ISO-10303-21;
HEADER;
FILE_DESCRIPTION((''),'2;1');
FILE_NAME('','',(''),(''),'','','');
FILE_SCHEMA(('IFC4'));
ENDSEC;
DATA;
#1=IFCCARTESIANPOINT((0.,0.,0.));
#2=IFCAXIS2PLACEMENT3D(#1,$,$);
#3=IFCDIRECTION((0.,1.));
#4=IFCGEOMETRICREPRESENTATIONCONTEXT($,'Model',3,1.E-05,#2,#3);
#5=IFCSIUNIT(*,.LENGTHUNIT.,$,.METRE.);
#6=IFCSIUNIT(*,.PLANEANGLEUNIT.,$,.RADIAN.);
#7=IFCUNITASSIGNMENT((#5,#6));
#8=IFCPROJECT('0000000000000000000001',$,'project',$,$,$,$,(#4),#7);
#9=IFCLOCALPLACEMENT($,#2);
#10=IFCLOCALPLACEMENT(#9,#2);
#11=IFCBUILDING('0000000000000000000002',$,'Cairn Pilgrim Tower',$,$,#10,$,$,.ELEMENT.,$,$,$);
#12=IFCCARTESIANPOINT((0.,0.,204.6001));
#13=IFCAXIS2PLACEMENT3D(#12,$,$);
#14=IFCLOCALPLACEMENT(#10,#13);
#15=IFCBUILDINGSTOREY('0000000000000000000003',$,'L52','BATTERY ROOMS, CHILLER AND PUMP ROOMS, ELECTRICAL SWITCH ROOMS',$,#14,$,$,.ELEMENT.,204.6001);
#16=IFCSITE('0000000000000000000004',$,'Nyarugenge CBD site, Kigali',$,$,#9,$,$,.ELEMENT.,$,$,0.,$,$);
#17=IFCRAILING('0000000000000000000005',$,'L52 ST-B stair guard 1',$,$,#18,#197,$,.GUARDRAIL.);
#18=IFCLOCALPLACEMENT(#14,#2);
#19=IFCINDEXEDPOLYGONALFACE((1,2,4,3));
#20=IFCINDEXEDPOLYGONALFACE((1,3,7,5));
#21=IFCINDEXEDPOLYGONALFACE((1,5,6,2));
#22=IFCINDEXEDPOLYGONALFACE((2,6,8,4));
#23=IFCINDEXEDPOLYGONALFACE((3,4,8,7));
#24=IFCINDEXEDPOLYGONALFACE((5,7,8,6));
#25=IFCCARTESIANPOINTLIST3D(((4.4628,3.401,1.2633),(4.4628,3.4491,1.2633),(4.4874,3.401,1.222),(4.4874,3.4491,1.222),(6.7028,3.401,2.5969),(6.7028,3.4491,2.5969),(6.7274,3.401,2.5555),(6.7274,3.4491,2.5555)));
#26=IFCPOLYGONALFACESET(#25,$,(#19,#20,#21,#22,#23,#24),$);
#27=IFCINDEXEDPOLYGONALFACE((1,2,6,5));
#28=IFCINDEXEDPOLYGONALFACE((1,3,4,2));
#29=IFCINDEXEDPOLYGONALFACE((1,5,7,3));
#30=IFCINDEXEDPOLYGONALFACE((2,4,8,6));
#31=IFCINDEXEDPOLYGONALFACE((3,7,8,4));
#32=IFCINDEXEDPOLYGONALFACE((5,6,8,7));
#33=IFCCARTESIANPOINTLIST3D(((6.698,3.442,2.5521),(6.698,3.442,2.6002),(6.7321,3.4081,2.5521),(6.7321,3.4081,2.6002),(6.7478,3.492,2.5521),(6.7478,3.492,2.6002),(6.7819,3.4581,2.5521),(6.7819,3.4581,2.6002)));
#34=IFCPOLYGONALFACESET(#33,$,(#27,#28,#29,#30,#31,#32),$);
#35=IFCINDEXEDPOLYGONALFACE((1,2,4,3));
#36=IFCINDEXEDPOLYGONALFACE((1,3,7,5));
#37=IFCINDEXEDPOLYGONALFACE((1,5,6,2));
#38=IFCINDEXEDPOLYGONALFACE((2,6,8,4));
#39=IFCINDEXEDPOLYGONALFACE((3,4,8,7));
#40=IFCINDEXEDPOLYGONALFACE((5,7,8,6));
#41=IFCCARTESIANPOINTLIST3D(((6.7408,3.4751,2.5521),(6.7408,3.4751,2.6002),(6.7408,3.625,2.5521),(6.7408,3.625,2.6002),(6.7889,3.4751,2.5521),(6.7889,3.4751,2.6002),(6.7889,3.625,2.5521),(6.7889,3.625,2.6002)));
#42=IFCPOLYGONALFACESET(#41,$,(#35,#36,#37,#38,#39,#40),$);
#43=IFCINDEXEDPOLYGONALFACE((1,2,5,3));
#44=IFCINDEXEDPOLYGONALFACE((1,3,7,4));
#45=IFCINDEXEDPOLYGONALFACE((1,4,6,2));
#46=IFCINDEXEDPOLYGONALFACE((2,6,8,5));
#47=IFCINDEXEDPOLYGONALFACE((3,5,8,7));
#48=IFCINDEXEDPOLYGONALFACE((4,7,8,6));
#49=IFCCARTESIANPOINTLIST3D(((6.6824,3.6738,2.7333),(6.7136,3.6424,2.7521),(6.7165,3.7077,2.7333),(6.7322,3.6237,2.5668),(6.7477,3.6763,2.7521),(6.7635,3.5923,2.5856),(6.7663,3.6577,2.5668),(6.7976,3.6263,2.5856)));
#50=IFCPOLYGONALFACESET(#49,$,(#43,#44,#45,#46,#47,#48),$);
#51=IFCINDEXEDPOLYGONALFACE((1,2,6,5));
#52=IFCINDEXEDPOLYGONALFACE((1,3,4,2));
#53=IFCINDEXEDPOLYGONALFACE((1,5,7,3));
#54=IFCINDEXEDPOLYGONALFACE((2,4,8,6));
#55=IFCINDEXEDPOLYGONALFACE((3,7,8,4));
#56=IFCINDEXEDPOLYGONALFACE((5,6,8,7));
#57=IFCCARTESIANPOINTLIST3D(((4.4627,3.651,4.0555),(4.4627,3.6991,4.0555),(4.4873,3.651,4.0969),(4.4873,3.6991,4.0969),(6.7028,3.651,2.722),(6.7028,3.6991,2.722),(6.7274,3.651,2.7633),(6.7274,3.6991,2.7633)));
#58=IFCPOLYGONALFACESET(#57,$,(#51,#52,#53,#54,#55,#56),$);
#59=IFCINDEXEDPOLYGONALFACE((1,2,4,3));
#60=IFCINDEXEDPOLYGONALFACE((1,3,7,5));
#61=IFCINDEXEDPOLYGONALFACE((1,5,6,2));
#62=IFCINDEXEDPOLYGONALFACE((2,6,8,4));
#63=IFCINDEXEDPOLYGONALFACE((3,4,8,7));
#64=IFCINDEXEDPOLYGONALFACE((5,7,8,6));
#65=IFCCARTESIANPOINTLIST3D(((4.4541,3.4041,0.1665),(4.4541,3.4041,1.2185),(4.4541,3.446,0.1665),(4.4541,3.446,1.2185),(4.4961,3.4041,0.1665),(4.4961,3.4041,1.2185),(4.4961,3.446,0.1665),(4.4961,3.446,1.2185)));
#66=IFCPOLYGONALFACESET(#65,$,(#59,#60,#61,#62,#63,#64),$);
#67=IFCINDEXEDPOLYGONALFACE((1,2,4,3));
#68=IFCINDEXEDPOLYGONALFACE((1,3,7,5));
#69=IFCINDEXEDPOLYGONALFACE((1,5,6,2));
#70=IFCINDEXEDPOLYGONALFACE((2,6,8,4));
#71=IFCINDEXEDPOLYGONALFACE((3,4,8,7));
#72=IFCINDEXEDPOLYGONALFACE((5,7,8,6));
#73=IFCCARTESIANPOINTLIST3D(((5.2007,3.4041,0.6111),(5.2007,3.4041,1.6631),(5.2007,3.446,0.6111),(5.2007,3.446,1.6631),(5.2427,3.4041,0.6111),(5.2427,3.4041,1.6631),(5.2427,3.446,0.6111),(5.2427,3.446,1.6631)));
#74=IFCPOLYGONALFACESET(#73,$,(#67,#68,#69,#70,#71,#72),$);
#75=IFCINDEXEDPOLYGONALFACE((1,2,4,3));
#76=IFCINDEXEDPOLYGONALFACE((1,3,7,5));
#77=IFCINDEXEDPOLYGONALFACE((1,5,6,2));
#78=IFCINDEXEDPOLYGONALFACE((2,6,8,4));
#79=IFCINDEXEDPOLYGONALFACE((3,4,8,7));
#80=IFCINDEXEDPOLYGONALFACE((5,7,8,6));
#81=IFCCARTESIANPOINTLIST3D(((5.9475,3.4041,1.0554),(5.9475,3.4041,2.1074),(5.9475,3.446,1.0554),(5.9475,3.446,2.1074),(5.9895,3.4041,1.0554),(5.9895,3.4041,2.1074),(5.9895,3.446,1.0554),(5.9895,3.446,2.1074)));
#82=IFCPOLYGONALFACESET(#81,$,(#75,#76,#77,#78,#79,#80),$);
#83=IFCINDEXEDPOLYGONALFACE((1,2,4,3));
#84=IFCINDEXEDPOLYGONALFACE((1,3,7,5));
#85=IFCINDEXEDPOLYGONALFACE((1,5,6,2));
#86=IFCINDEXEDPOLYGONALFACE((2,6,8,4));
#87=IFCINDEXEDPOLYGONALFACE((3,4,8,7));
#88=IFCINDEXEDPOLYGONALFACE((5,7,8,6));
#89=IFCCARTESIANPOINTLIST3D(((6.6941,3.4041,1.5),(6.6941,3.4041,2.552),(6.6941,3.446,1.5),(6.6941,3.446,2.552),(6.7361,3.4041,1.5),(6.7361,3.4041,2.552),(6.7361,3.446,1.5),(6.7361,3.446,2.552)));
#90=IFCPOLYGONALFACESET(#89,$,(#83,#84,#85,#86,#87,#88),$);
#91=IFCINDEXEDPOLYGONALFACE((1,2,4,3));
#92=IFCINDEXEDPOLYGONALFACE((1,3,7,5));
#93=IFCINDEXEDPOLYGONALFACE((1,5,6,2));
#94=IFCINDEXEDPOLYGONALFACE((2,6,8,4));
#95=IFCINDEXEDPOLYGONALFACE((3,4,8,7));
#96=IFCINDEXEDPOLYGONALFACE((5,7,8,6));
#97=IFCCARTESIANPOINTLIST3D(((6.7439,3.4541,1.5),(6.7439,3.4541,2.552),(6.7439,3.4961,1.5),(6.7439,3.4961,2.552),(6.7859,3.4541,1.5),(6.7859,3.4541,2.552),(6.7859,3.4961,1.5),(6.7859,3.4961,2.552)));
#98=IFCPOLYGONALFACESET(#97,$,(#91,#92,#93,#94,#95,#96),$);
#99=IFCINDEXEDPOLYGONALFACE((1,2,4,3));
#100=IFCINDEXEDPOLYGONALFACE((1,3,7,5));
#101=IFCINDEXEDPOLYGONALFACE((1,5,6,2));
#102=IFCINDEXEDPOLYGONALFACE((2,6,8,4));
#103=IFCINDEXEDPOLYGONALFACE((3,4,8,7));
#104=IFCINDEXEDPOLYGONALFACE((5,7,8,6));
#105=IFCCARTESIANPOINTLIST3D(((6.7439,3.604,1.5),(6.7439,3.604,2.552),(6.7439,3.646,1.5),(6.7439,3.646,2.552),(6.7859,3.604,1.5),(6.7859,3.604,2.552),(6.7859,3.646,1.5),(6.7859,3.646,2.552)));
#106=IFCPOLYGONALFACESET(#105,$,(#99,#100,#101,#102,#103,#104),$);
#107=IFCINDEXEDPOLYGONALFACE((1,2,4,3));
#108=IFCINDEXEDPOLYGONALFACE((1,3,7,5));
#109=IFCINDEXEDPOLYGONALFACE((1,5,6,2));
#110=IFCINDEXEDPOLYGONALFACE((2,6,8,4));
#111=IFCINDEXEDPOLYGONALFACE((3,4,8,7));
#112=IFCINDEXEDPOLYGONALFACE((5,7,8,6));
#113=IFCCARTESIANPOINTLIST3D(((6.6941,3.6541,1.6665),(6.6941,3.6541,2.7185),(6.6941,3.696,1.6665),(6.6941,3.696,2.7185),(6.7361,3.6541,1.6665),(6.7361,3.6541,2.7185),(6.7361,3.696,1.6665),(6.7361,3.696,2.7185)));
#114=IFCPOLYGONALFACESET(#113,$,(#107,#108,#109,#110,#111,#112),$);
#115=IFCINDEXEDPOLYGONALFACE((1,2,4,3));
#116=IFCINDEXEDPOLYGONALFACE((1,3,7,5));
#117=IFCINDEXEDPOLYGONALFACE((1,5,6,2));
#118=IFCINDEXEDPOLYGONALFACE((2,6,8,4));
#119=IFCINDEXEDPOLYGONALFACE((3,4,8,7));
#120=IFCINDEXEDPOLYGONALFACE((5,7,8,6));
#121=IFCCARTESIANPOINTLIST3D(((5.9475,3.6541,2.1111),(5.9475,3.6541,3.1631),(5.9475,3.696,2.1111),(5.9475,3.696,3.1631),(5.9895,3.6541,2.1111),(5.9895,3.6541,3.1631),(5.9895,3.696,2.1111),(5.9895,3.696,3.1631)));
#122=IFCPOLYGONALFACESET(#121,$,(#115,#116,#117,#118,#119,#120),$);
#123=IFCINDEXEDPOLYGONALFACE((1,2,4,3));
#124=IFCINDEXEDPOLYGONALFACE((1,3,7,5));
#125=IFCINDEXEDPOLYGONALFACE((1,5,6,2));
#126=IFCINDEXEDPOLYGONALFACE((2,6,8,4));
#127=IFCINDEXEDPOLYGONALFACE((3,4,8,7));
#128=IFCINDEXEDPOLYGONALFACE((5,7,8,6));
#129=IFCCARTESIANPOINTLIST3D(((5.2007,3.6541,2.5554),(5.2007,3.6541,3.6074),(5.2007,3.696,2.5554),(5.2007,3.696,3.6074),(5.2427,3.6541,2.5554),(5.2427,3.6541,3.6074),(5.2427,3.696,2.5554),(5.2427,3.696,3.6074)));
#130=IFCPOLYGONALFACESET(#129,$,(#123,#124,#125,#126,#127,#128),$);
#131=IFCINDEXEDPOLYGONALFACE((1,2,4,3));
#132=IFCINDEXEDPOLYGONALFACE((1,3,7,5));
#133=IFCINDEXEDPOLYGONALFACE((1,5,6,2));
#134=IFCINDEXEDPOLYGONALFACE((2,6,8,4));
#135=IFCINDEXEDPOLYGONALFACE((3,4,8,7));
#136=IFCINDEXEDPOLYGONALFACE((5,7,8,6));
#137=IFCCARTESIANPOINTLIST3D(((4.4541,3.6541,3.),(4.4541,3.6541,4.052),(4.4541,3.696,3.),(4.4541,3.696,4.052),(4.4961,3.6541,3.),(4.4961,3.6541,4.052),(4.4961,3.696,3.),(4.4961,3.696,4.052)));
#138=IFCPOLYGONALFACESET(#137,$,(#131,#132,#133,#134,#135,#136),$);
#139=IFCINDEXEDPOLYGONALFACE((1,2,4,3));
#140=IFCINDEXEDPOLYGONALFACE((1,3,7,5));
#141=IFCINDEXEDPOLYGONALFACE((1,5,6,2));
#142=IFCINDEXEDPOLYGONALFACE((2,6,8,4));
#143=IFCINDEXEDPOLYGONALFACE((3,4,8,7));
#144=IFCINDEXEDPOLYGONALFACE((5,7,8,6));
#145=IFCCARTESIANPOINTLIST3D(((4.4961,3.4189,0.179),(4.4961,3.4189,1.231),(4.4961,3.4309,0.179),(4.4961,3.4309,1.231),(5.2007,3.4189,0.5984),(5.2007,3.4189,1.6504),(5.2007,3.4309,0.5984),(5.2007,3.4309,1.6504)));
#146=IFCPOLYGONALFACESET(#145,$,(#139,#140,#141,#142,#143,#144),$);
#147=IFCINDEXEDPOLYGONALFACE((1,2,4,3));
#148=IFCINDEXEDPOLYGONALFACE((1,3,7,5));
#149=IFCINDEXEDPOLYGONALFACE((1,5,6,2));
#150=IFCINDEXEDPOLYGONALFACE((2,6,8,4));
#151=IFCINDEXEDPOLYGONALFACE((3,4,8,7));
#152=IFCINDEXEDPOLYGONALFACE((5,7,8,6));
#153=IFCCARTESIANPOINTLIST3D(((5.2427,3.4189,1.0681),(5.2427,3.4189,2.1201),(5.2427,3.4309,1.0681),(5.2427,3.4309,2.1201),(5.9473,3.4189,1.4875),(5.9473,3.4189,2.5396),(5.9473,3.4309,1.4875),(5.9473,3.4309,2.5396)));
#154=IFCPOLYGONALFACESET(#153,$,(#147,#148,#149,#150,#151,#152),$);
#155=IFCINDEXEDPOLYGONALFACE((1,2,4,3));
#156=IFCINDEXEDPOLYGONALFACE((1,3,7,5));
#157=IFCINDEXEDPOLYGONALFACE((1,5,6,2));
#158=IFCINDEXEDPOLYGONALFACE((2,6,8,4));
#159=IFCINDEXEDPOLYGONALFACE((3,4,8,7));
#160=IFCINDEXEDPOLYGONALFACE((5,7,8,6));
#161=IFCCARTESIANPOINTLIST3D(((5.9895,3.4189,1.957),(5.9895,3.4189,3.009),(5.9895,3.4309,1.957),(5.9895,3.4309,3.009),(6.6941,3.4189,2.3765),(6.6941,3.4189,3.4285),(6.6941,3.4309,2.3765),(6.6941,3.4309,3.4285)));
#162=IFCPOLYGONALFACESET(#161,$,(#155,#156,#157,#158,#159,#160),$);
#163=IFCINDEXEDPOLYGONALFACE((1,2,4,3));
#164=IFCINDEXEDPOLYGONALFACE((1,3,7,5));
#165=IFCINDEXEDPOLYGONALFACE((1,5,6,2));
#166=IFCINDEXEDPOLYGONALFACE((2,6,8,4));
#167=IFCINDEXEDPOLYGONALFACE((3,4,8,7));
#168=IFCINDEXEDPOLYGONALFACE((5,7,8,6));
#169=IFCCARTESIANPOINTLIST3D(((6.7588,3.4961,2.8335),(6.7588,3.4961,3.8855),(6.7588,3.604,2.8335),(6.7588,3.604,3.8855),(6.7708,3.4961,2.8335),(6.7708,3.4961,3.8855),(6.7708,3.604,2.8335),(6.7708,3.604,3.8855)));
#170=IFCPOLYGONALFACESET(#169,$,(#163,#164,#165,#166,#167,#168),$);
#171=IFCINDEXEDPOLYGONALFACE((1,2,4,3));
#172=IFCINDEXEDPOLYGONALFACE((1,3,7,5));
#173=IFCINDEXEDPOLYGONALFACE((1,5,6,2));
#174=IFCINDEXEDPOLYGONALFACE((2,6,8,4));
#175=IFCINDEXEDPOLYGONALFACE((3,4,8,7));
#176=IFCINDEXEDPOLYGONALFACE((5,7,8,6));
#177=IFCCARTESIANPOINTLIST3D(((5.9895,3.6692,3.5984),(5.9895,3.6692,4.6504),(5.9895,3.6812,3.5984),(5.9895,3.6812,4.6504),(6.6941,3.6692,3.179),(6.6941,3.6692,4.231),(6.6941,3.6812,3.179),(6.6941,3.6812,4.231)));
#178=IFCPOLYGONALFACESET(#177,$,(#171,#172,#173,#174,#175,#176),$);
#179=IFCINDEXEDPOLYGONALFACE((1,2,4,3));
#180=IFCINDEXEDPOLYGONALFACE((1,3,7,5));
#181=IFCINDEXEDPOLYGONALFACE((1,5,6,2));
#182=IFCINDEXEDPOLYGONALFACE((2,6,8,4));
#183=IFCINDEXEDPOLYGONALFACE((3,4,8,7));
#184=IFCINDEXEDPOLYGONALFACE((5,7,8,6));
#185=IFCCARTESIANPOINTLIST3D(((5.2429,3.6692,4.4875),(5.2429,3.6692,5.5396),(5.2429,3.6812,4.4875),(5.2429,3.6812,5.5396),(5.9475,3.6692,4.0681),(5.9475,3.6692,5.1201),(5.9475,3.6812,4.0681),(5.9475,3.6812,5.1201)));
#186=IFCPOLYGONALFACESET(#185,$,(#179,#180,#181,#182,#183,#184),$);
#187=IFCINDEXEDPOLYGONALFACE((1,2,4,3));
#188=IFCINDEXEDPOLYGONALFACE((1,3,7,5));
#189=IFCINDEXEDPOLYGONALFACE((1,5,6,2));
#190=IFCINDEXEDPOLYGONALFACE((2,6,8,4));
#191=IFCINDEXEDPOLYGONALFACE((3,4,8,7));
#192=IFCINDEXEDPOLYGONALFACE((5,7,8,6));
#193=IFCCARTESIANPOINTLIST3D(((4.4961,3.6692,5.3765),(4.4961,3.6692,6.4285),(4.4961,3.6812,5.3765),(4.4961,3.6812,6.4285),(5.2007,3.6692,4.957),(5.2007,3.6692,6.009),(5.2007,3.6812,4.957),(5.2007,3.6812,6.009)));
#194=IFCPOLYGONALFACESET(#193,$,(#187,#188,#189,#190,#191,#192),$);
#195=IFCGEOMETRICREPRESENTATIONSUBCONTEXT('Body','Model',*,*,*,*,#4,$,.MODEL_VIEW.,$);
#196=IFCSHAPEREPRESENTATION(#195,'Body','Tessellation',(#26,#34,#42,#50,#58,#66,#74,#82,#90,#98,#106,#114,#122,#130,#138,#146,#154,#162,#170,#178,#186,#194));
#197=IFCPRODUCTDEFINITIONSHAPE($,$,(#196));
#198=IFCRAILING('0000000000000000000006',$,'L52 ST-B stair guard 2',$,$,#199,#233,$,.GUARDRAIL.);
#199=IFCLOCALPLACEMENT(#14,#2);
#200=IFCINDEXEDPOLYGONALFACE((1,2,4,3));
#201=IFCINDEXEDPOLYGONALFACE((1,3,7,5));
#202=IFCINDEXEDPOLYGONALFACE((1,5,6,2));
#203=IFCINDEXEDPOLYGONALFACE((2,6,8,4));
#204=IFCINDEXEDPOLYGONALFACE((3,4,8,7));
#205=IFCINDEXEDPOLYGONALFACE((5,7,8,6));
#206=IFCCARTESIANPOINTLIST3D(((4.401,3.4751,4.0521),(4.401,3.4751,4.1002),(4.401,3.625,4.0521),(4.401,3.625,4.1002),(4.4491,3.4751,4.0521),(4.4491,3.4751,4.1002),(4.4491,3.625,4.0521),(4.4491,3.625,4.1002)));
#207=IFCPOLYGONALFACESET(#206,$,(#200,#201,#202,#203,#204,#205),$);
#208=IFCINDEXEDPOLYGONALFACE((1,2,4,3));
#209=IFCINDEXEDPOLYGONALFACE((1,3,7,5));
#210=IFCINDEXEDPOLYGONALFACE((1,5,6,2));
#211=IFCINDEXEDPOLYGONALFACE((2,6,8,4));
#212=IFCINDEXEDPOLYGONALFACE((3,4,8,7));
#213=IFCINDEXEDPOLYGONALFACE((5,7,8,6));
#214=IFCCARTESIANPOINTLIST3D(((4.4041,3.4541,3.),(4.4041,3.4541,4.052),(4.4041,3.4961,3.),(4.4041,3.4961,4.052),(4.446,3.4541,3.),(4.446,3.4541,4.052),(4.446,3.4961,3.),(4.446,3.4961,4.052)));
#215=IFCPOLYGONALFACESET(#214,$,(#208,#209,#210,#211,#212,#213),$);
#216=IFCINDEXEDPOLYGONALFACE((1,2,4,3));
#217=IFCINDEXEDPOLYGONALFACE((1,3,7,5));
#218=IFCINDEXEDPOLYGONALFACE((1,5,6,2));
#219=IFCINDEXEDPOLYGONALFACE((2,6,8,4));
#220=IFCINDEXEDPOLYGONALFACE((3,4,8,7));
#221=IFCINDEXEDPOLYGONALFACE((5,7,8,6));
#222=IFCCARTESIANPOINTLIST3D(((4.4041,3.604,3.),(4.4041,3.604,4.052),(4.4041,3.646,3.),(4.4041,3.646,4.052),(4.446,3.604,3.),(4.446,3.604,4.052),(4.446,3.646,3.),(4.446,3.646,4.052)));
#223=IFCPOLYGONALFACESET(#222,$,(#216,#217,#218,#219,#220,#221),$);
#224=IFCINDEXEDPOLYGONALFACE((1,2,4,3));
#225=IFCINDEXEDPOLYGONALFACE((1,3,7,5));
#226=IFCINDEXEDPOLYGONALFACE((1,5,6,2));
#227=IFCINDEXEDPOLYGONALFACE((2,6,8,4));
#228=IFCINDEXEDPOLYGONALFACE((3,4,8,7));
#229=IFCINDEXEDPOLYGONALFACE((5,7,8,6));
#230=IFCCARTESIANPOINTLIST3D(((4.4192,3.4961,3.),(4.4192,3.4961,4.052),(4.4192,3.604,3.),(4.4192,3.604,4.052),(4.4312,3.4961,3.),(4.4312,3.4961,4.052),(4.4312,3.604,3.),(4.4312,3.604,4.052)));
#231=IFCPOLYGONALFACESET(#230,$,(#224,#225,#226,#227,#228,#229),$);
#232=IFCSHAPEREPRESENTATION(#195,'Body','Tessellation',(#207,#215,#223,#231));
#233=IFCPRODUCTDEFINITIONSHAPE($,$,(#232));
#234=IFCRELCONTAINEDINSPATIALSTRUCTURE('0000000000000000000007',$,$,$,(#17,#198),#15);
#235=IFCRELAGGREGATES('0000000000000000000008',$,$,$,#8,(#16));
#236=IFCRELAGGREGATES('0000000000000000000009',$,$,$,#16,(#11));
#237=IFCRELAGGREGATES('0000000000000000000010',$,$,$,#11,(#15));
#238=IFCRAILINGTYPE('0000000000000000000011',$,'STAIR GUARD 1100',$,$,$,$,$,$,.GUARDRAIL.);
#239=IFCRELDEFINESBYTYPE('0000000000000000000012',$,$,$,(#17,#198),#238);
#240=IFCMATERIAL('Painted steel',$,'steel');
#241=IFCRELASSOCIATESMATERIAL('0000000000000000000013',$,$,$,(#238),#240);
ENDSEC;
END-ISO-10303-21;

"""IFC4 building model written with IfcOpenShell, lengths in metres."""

from ifc_helpers import new_model, si_unit, direction, frame, origin, origin_2d, place, context, subcontext, project, spatial, polyline, rectangle, outline, extrude, material, type_object, element, save


model = new_model("IFC4")

# Units and contexts
model_context = context("Model", 3, precision=1e-05, world=origin(), true_north=direction((0.0, 1.0)))
body_context = subcontext(model_context, "Body", "Model", "MODEL_VIEW")
ifc_project = project(units=[si_unit("LENGTHUNIT", "METRE"), si_unit("PLANEANGLEUNIT", "RADIAN")], contexts=[model_context])

# Site, building, storey
site_placement = place(None, origin())
site = spatial("IfcSite", under=ifc_project, at=site_placement, Name="Nyarugenge CBD site, Kigali", CompositionType="ELEMENT", RefElevation=0.0)
building_placement = place(site_placement, origin())
building = spatial("IfcBuilding", under=site, at=building_placement, Name="Cairn Pilgrim Tower", CompositionType="ELEMENT")
storey_placement = place(building_placement, frame((0.0, 0.0, 204.6001)))
storey = spatial("IfcBuildingStorey", under=building, at=storey_placement, Name="L52", Description="BATTERY ROOMS, CHILLER AND PUMP ROOMS, ELECTRICAL SWITCH ROOMS", CompositionType="ELEMENT", Elevation=204.6001)

# Shared definitions
ifc_material_1 = material(Name="Painted steel", Category="steel")

# Railings
railing_type_1 = type_object("IfcRailingType", Name="STAIR GUARD 1100", PredefinedType="GUARDRAIL", material=ifc_material_1)
railing_1_placement = place(storey_placement, frame((4.4751, 3.425, 0.1665)))
element("IfcRailing", 1, at=railing_1_placement, inside=storey, type_object=railing_type_1, Name="L52 ST-B stair guard 1", PredefinedType="GUARDRAIL", context=body_context, shape_type="SweptSolid", body=[
    extrude(rectangle(XDim=0.0481, YDim=0.0481, at=origin_2d()), frame((0.0, 0.0, 1.0762), z_axis=(0.859264, 0.0, 0.511532), x_axis=(0.0, 1.0, 0.0)), (0.0, 0.0, 1.0), 2.6069),
    extrude(rectangle(XDim=0.0481, YDim=0.0481, at=origin_2d()), frame((2.24, 0.0, 2.4097), z_axis=(0.705376, 0.708834, 0.0), x_axis=(-0.708834, 0.705376, 0.0)), (0.0, 0.0, 1.0), 0.0706),
    extrude(rectangle(XDim=0.0481, YDim=0.0481, at=origin_2d()), frame((2.2898, 0.05, 2.4097), z_axis=(0.0, 1.0, 0.0), x_axis=(-1.0, 0.0, 0.0)), (0.0, 0.0, 1.0), 0.1499),
    extrude(rectangle(XDim=0.0481, YDim=0.0481, at=origin_2d()), frame((2.2898, 0.2, 2.4097), z_axis=(-0.275383, 0.276733, 0.920643), x_axis=(-0.708834, -0.705376, 0.0)), (0.0, 0.0, 1.0), 0.1809),
    extrude(rectangle(XDim=0.0481, YDim=0.0481, at=origin_2d()), frame((2.24, 0.25, 2.5762), z_axis=(-0.859264, 0.0, 0.511532), x_axis=(0.0, -1.0, 0.0)), (0.0, 0.0, 1.0), 2.6069),
    extrude(rectangle(XDim=0.042, YDim=0.042, at=origin_2d()), origin(), (0.0, 0.0, 1.0), 1.052),
    extrude(rectangle(XDim=0.042, YDim=0.042, at=origin_2d()), frame((0.7466, 0.0, 0.4446)), (0.0, 0.0, 1.0), 1.052),
    extrude(rectangle(XDim=0.042, YDim=0.042, at=origin_2d()), frame((1.4934, 0.0, 0.8889)), (0.0, 0.0, 1.0), 1.052),
    extrude(rectangle(XDim=0.042, YDim=0.042, at=origin_2d()), frame((2.24, 0.0, 1.3335)), (0.0, 0.0, 1.0), 1.052),
    extrude(rectangle(XDim=0.042, YDim=0.042, at=origin_2d()), frame((2.2898, 0.05, 1.3335)), (0.0, 0.0, 1.0), 1.052),
    extrude(rectangle(XDim=0.042, YDim=0.042, at=origin_2d()), frame((2.2898, 0.2, 1.3335)), (0.0, 0.0, 1.0), 1.052),
    extrude(rectangle(XDim=0.042, YDim=0.042, at=origin_2d()), frame((2.24, 0.25, 1.5)), (0.0, 0.0, 1.0), 1.052),
    extrude(rectangle(XDim=0.042, YDim=0.042, at=origin_2d()), frame((1.4934, 0.25, 1.9446)), (0.0, 0.0, 1.0), 1.052),
    extrude(rectangle(XDim=0.042, YDim=0.042, at=origin_2d()), frame((0.7466, 0.25, 2.3889)), (0.0, 0.0, 1.0), 1.052),
    extrude(rectangle(XDim=0.042, YDim=0.042, at=origin_2d()), frame((0.0, 0.25, 2.8335)), (0.0, 0.0, 1.0), 1.052),
    extrude(outline(polyline([(0.021, 0.0125), (0.7256, 0.4319), (0.7256, 1.4839), (0.021, 1.0645), (0.021, 0.0125)])), frame((0.0, 0.0059, 0.0), z_axis=(0.0, -1.0, 0.0), x_axis=(1.0, 0.0, 0.0)), (0.0, 0.0, 1.0), 0.012),
    extrude(outline(polyline([(0.021, 0.457), (0.7256, 0.8765), (0.7256, 1.9285), (0.021, 1.509), (0.021, 0.457)])), frame((0.7466, 0.0059, 0.4446), z_axis=(0.0, -1.0, 0.0), x_axis=(1.0, 0.0, 0.0)), (0.0, 0.0, 1.0), 0.012),
    extrude(outline(polyline([(0.021, 0.9016), (0.7256, 1.321), (0.7256, 2.373), (0.021, 1.9536), (0.021, 0.9016)])), frame((1.4934, 0.0059, 0.8889), z_axis=(0.0, -1.0, 0.0), x_axis=(1.0, 0.0, 0.0)), (0.0, 0.0, 1.0), 0.012),
    extrude(outline(polyline([(0.021, 1.3335), (0.1289, 1.3335), (0.1289, 2.3855), (0.021, 2.3855), (0.021, 1.3335)])), frame((2.2837, 0.05, 1.3335), z_axis=(1.0, 0.0, 0.0), x_axis=(0.0, 1.0, 0.0)), (0.0, 0.0, 1.0), 0.012),
    extrude(outline(polyline([(0.021, 1.5125), (0.7256, 1.9319), (0.7256, 2.9839), (0.021, 2.5645), (0.021, 1.5125)])), frame((2.24, 0.2441, 1.5), z_axis=(0.0, 1.0, 0.0), x_axis=(-1.0, 0.0, 0.0)), (0.0, 0.0, 1.0), 0.012),
    extrude(outline(polyline([(0.021, 1.957), (0.7256, 2.3765), (0.7256, 3.4285), (0.021, 3.009), (0.021, 1.957)])), frame((1.4934, 0.2441, 1.9446), z_axis=(0.0, 1.0, 0.0), x_axis=(-1.0, 0.0, 0.0)), (0.0, 0.0, 1.0), 0.012),
    extrude(outline(polyline([(0.021, 2.4016), (0.7256, 2.821), (0.7256, 3.873), (0.021, 3.4536), (0.021, 2.4016)])), frame((0.7466, 0.2441, 2.3889), z_axis=(0.0, 1.0, 0.0), x_axis=(-1.0, 0.0, 0.0)), (0.0, 0.0, 1.0), 0.012),
])
railing_2_placement = place(storey_placement, frame((4.425, 3.4751, 3.0)))
element("IfcRailing", 2, at=railing_2_placement, inside=storey, type_object=railing_type_1, Name="L52 ST-B stair guard 2", PredefinedType="GUARDRAIL", context=body_context, shape_type="SweptSolid", body=[
    extrude(rectangle(XDim=0.0481, YDim=0.0481, at=origin_2d()), frame((0.0, 0.0, 1.0762), z_axis=(0.0, 1.0, 0.0), x_axis=(-1.0, 0.0, 0.0)), (0.0, 0.0, 1.0), 0.1499),
    extrude(rectangle(XDim=0.042, YDim=0.042, at=origin_2d()), origin(), (0.0, 0.0, 1.0), 1.052),
    extrude(rectangle(XDim=0.042, YDim=0.042, at=origin_2d()), frame((0.0, 0.1499, 0.0)), (0.0, 0.0, 1.0), 1.052),
    extrude(outline(polyline([(0.021, 0.0), (0.1289, 0.0), (0.1289, 1.052), (0.021, 1.052), (0.021, 0.0)])), frame((-0.0059, 0.0, 0.0), z_axis=(1.0, 0.0, 0.0), x_axis=(0.0, 1.0, 0.0)), (0.0, 0.0, 1.0), 0.012),
])

save(model, "model.ifc")
